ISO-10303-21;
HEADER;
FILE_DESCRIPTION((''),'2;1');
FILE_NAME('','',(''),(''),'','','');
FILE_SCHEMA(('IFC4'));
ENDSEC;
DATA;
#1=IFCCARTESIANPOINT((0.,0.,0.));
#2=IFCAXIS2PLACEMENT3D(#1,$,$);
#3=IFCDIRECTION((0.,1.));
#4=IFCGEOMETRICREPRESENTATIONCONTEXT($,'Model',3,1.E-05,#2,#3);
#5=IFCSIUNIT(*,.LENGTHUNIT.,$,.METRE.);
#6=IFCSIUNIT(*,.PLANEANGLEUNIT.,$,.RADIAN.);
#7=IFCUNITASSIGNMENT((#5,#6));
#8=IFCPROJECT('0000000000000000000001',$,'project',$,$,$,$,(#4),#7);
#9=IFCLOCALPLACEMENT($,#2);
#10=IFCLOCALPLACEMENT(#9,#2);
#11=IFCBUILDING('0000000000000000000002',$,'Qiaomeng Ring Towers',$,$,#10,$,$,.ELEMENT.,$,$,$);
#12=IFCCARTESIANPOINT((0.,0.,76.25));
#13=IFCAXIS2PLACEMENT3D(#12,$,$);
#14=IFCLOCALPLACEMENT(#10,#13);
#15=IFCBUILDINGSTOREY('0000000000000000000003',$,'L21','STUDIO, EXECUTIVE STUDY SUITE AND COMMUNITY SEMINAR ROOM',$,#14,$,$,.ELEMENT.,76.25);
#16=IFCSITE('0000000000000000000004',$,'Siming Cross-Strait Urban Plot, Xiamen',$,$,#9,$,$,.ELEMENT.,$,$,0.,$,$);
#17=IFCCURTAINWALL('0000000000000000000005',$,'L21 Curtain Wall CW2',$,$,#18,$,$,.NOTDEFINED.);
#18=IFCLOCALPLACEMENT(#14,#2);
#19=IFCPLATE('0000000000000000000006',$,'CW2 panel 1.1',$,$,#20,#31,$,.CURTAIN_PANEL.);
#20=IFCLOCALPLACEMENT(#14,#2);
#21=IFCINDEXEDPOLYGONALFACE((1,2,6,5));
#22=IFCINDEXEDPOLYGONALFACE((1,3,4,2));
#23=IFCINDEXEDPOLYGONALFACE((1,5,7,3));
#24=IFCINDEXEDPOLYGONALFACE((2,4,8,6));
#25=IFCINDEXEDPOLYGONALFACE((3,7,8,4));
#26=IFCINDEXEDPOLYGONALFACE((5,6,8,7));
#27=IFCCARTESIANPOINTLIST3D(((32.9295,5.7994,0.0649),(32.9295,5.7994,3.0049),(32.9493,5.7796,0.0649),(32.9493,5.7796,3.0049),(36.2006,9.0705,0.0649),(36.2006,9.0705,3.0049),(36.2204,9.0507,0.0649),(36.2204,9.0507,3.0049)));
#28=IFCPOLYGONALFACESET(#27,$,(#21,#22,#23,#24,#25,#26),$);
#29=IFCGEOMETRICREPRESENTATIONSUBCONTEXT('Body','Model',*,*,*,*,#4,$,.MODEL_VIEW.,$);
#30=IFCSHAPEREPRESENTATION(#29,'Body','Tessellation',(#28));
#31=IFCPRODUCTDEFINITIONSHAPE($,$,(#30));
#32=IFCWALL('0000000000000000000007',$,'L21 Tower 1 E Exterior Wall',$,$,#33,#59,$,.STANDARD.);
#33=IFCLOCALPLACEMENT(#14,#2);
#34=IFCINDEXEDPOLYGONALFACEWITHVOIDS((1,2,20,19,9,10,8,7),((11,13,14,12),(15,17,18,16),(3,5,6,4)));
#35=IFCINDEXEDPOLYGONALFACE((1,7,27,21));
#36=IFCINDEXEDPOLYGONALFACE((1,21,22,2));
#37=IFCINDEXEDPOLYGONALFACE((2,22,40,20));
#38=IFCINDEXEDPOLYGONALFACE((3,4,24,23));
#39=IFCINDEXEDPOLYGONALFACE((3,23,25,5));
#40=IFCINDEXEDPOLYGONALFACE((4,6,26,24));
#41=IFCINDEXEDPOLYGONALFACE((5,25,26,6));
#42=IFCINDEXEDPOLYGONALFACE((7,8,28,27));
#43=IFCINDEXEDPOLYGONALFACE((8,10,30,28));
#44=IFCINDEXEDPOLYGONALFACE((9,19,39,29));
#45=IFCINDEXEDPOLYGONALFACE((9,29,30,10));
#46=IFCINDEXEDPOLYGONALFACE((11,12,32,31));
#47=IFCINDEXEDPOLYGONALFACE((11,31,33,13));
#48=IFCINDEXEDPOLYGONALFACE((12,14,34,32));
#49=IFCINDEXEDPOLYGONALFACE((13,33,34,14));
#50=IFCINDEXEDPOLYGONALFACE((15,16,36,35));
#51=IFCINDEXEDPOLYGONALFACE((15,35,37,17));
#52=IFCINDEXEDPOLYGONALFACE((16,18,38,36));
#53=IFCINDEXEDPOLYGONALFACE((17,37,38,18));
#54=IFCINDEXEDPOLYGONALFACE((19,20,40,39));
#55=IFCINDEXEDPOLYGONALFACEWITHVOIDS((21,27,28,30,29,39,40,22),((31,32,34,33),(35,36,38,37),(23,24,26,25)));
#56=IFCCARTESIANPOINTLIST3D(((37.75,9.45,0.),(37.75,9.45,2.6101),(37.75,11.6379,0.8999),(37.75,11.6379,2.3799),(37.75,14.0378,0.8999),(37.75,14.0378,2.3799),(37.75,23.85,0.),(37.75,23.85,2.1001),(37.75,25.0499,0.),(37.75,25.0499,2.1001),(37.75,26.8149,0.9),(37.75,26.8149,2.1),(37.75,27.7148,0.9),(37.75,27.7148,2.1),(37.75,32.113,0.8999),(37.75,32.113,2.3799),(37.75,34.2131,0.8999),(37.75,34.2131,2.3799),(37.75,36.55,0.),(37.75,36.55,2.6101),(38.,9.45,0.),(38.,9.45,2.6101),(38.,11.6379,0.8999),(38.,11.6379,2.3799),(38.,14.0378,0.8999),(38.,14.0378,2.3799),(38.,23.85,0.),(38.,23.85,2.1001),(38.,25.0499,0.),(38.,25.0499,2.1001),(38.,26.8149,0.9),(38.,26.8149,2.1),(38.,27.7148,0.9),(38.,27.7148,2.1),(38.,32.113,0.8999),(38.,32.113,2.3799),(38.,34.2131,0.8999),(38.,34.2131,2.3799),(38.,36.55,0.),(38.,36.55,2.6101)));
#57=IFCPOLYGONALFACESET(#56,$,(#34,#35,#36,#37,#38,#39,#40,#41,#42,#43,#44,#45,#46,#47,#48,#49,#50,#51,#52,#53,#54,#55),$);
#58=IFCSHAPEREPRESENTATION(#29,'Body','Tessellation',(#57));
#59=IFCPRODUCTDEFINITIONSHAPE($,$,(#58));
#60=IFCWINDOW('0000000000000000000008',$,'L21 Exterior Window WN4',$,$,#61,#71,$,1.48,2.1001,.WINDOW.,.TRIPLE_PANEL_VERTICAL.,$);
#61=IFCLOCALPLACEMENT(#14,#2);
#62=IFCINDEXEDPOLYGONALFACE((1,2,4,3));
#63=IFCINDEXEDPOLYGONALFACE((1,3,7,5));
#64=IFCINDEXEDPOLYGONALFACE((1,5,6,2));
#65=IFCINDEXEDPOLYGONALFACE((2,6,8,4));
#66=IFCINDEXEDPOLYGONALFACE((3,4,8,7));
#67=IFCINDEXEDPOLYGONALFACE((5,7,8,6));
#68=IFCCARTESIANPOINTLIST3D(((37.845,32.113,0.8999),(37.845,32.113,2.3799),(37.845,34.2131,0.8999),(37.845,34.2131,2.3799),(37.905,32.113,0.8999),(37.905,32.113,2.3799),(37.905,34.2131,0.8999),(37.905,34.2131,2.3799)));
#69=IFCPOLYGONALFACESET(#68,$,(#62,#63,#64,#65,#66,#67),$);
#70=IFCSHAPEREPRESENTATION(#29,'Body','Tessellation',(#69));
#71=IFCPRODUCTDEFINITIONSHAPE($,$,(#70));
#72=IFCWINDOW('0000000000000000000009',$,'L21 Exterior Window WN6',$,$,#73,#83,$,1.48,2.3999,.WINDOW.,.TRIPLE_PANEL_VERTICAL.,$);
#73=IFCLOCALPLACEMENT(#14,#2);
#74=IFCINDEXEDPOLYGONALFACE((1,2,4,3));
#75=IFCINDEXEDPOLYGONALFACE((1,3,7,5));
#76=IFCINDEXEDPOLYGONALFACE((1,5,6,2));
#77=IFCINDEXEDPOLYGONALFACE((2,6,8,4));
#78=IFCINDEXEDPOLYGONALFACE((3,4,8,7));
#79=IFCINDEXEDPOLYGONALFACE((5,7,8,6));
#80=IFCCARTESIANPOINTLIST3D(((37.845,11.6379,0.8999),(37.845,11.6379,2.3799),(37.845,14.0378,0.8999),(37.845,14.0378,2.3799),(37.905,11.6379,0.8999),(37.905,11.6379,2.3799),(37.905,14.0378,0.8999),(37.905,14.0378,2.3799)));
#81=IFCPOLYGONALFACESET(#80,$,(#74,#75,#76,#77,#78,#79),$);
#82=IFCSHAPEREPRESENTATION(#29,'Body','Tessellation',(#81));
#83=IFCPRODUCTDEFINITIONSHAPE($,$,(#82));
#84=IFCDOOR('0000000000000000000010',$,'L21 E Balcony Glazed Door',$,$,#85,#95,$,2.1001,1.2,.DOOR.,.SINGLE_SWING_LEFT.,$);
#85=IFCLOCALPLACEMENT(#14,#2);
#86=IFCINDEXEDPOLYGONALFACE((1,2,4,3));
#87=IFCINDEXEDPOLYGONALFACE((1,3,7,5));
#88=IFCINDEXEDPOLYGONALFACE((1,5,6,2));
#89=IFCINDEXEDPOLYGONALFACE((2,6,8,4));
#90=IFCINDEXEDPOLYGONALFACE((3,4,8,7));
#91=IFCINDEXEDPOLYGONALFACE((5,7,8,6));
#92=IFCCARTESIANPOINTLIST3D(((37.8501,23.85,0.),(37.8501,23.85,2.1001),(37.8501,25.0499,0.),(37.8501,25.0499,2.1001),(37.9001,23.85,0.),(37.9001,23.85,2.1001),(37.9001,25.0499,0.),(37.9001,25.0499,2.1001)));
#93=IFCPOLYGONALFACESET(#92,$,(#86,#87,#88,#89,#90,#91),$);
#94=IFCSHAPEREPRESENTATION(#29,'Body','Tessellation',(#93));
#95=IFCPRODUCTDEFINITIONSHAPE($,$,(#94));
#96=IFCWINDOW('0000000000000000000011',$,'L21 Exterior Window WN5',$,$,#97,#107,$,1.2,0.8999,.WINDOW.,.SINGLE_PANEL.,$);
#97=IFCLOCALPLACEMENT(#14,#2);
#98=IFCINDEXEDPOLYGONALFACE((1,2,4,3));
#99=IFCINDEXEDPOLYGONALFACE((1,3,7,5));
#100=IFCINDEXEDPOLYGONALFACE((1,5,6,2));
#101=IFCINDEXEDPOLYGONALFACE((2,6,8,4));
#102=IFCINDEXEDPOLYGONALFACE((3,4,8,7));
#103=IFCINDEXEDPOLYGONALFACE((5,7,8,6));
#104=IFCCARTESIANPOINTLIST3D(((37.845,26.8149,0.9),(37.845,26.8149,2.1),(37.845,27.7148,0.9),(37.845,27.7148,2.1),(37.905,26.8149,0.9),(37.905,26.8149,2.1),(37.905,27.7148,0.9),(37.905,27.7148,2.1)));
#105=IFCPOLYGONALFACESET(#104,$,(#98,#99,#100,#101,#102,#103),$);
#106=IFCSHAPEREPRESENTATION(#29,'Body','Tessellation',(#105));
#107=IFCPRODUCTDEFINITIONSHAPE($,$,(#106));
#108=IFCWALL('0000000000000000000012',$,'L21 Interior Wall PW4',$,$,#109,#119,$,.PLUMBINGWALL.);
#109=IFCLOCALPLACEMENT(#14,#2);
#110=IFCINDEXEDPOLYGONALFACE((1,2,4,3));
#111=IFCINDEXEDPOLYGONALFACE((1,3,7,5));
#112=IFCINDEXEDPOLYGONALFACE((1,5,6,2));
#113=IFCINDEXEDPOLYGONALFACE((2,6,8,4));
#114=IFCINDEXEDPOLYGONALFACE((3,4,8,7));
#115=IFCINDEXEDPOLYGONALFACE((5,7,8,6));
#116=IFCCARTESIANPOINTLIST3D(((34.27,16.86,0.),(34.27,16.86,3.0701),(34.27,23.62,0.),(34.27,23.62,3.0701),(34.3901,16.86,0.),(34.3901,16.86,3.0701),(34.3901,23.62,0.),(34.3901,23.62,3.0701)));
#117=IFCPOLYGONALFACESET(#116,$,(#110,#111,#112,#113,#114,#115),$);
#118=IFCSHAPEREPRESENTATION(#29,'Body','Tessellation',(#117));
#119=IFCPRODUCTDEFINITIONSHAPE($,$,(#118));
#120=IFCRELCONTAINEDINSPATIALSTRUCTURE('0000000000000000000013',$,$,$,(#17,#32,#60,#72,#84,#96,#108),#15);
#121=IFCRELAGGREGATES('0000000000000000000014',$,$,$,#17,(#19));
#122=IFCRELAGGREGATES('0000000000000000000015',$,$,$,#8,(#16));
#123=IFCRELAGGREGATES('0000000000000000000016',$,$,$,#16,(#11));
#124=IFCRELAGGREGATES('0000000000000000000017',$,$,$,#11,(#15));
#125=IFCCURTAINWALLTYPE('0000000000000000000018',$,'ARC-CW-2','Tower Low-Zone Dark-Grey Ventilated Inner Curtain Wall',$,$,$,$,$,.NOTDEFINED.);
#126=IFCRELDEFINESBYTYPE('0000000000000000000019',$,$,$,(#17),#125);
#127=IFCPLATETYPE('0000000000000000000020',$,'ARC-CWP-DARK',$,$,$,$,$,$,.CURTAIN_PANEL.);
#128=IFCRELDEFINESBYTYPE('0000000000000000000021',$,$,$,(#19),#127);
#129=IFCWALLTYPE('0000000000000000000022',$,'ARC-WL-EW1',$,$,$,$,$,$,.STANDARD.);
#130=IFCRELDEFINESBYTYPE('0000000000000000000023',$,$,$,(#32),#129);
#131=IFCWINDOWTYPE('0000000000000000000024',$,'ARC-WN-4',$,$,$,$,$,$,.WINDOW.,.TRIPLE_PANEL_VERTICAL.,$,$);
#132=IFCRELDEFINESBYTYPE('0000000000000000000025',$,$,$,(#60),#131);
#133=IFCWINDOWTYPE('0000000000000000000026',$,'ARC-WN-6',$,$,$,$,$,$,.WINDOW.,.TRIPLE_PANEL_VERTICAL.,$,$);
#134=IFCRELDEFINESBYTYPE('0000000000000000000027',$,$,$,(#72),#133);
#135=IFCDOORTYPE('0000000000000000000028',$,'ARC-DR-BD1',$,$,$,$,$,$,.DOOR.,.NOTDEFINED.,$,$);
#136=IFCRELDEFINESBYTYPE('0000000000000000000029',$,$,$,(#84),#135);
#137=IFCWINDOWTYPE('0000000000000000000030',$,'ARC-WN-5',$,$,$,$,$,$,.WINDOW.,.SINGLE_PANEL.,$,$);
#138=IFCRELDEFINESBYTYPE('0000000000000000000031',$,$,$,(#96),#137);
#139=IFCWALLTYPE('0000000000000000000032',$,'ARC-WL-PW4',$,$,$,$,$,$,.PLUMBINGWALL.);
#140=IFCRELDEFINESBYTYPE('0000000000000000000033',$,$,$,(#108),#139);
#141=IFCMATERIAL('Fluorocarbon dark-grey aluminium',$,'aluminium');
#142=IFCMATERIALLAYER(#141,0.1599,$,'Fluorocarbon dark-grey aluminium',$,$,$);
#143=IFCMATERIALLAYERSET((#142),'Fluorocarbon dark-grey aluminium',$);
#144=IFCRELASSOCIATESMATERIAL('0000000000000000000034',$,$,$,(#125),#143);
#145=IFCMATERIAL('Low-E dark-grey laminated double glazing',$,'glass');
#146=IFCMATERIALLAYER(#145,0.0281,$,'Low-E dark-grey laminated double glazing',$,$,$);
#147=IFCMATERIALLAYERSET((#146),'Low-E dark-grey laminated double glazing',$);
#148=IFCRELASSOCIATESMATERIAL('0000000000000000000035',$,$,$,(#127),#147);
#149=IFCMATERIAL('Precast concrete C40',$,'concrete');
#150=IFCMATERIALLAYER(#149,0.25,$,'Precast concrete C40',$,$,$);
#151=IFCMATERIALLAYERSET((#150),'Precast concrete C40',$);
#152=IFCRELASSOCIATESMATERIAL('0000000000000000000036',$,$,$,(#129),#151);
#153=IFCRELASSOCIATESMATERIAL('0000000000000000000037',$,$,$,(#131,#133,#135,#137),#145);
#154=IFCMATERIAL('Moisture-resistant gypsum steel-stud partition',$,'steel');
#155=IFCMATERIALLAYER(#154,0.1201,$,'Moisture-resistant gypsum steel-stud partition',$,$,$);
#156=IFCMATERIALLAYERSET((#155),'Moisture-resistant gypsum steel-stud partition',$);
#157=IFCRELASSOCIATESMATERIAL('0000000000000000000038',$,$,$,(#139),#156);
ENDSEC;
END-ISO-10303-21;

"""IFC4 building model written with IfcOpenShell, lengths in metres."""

from ifc_helpers import new_model, si_unit, direction, frame, frame_2d, origin, origin_2d, place, context, subcontext, project, spatial, rectangle, extrude, source, transform, mapped, material, layer, layer_set, type_object, element, fill, aggregate, save


model = new_model("IFC4")

# Units and contexts
model_context = context("Model", 3, precision=1e-05, world=origin(), true_north=direction((0.0, 1.0)))
body_context = subcontext(model_context, "Body", "Model", "MODEL_VIEW")
ifc_project = project(units=[si_unit("LENGTHUNIT", "METRE"), si_unit("PLANEANGLEUNIT", "RADIAN")], contexts=[model_context])

# Site, building, storey
site_placement = place(None, origin())
site = spatial("IfcSite", under=ifc_project, at=site_placement, Name="Siming Cross-Strait Urban Plot, Xiamen", CompositionType="ELEMENT", RefElevation=0.0)
building_placement = place(site_placement, origin())
building = spatial("IfcBuilding", under=site, at=building_placement, Name="Qiaomeng Ring Towers", CompositionType="ELEMENT")
storey_placement = place(building_placement, frame((0.0, 0.0, 76.25)))
storey = spatial("IfcBuildingStorey", under=building, at=storey_placement, Name="L21", Description="STUDIO, EXECUTIVE STUDY SUITE AND COMMUNITY SEMINAR ROOM", CompositionType="ELEMENT", Elevation=76.25)

# Curtain wall
ifc_material_1 = material(Name="Fluorocarbon dark-grey aluminium", Category="aluminium")
ifc_layer_1 = layer(ifc_material_1, 0.1599, Name="Fluorocarbon dark-grey aluminium")
ifc_layer_set_1 = layer_set([ifc_layer_1], Name="Fluorocarbon dark-grey aluminium")
curtain_wall_type = type_object("IfcCurtainWallType", Name="ARC-CW-2", Description="Tower Low-Zone Dark-Grey Ventilated Inner Curtain Wall", PredefinedType="NOTDEFINED", material=ifc_layer_set_1)
curtain_wall_placement = place(storey_placement, origin())
curtain_wall = element("IfcCurtainWall", 1, at=curtain_wall_placement, inside=storey, type_object=curtain_wall_type, Name="L21 Curtain Wall CW2", PredefinedType="NOTDEFINED")

# Plate
ifc_material_2 = material(Name="Low-E dark-grey laminated double glazing", Category="glass")
ifc_layer_2 = layer(ifc_material_2, 0.0281, Name="Low-E dark-grey laminated double glazing")
ifc_layer_set_2 = layer_set([ifc_layer_2], Name="Low-E dark-grey laminated double glazing")
plate_type = type_object("IfcPlateType", Name="ARC-CWP-DARK", PredefinedType="CURTAIN_PANEL", material=ifc_layer_set_2)
shared_shape_1 = source(origin(), body_context, "Body", "SweptSolid", [
    extrude(rectangle(XDim=4.626, YDim=0.0281, at=origin_2d()), origin(), (0.0, 0.0, 1.0), 2.9399),
])
plate_placement = place(storey_placement, frame((34.575, 7.425, 0.0649), z_axis=(0.0, 0.0, 1.0), x_axis=(0.707107, 0.707107, 0.0)))
plate = element("IfcPlate", 2, at=plate_placement, type_object=plate_type, Name="CW2 panel 1.1", PredefinedType="CURTAIN_PANEL", context=body_context, shape_type="MappedRepresentation", body=[
    mapped(shared_shape_1, transform((0.0, 0.0, 0.0), x_axis=(1.0, 0.0, 0.0), y_axis=(0.0, 1.0, 0.0), z_axis=(0.0, 0.0, 1.0), scale=1.0)),
])
aggregate(curtain_wall, [plate])

# Wall, openings, windows, door
ifc_material_3 = material(Name="Precast concrete C40", Category="concrete")
ifc_layer_3 = layer(ifc_material_3, 0.25, Name="Precast concrete C40")
ifc_layer_set_3 = layer_set([ifc_layer_3], Name="Precast concrete C40")
wall_type_1 = type_object("IfcWallType", Name="ARC-WL-EW1", PredefinedType="STANDARD", material=ifc_layer_set_3)
wall_1_placement = place(storey_placement, frame((37.875, 9.45, 0.0), z_axis=(0.0, 0.0, 1.0), x_axis=(0.0, 1.0, 0.0)))
wall_1 = element("IfcWall", 3, at=wall_1_placement, inside=storey, type_object=wall_type_1, Name="L21 Tower 1 E Exterior Wall", PredefinedType="STANDARD", context=body_context, shape_type="SweptSolid", body=[
    extrude(rectangle(XDim=27.1001, YDim=0.25, at=frame_2d((13.55, 0.0))), origin(), (0.0, 0.0, 1.0), 2.6101),
])
opening_1_placement = place(wall_1_placement, frame((14.3999, 0.0, 0.0)))
opening_1 = element("IfcOpeningElement", 4, at=opening_1_placement, cuts=wall_1, PredefinedType="OPENING", context=body_context, shape_type="SweptSolid", body=[
    extrude(rectangle(XDim=1.2, YDim=2.1001, at=frame_2d((0.6001, 1.05))), frame((0.0, 0.135, 0.0), z_axis=(0.0, -1.0, 0.0), x_axis=(1.0, 0.0, 0.0)), (0.0, 0.0, 1.0), 0.27),
])
opening_2_placement = place(wall_1_placement, frame((2.188, 0.0, 0.8999)))
opening_2 = element("IfcOpeningElement", 5, at=opening_2_placement, cuts=wall_1, PredefinedType="OPENING", context=body_context, shape_type="SweptSolid", body=[
    extrude(rectangle(XDim=2.3999, YDim=1.48, at=frame_2d((1.2, 0.74))), frame((0.0, 0.135, 0.0), z_axis=(0.0, -1.0, 0.0), x_axis=(1.0, 0.0, 0.0)), (0.0, 0.0, 1.0), 0.27),
])
opening_3_placement = place(wall_1_placement, frame((22.6631, 0.0, 0.8999)))
opening_3 = element("IfcOpeningElement", 6, at=opening_3_placement, cuts=wall_1, PredefinedType="OPENING", context=body_context, shape_type="SweptSolid", body=[
    extrude(rectangle(XDim=2.1001, YDim=1.48, at=frame_2d((1.05, 0.74))), frame((0.0, 0.135, 0.0), z_axis=(0.0, -1.0, 0.0), x_axis=(1.0, 0.0, 0.0)), (0.0, 0.0, 1.0), 0.27),
])
opening_4_placement = place(wall_1_placement, frame((17.365, 0.0, 0.8999)))
opening_4 = element("IfcOpeningElement", 7, at=opening_4_placement, cuts=wall_1, PredefinedType="OPENING", context=body_context, shape_type="SweptSolid", body=[
    extrude(rectangle(XDim=0.8999, YDim=1.2, at=frame_2d((0.45, 0.6001))), frame((0.0, 0.135, 0.0), z_axis=(0.0, -1.0, 0.0), x_axis=(1.0, 0.0, 0.0)), (0.0, 0.0, 1.0), 0.27),
])
window_type_1 = type_object("IfcWindowType", Name="ARC-WN-4", PartitioningType="TRIPLE_PANEL_VERTICAL", PredefinedType="WINDOW", material=ifc_material_2)
shared_shape_2 = source(origin(), body_context, "Body", "SweptSolid", [
    extrude(rectangle(XDim=2.1001, YDim=1.48, at=frame_2d((1.05, 0.74))), frame((0.0, 0.03, 0.0), z_axis=(0.0, -1.0, 0.0), x_axis=(1.0, 0.0, 0.0)), (0.0, 0.0, 1.0), 0.0601),
])
window_1_placement = place(opening_3_placement, origin())
window_1 = element("IfcWindow", 8, at=window_1_placement, inside=storey, type_object=window_type_1, Name="L21 Exterior Window WN4", OverallHeight=1.48, OverallWidth=2.1001, PartitioningType="TRIPLE_PANEL_VERTICAL", PredefinedType="WINDOW", context=body_context, shape_type="MappedRepresentation", body=[
    mapped(shared_shape_2, transform((0.0, 0.0, 0.0), x_axis=(1.0, 0.0, 0.0), y_axis=(0.0, 1.0, 0.0), z_axis=(0.0, 0.0, 1.0), scale=1.0)),
])
fill(opening_3, window_1)
window_type_2 = type_object("IfcWindowType", Name="ARC-WN-6", PartitioningType="TRIPLE_PANEL_VERTICAL", PredefinedType="WINDOW", material=ifc_material_2)
shared_shape_3 = source(origin(), body_context, "Body", "SweptSolid", [
    extrude(rectangle(XDim=2.3999, YDim=1.48, at=frame_2d((1.2, 0.74))), frame((0.0, 0.03, 0.0), z_axis=(0.0, -1.0, 0.0), x_axis=(1.0, 0.0, 0.0)), (0.0, 0.0, 1.0), 0.0601),
])
window_2_placement = place(opening_2_placement, origin())
window_2 = element("IfcWindow", 9, at=window_2_placement, inside=storey, type_object=window_type_2, Name="L21 Exterior Window WN6", OverallHeight=1.48, OverallWidth=2.3999, PartitioningType="TRIPLE_PANEL_VERTICAL", PredefinedType="WINDOW", context=body_context, shape_type="MappedRepresentation", body=[
    mapped(shared_shape_3, transform((0.0, 0.0, 0.0), x_axis=(1.0, 0.0, 0.0), y_axis=(0.0, 1.0, 0.0), z_axis=(0.0, 0.0, 1.0), scale=1.0)),
])
fill(opening_2, window_2)
door_type = type_object("IfcDoorType", Name="ARC-DR-BD1", OperationType="NOTDEFINED", PredefinedType="DOOR", material=ifc_material_2)
shared_shape_4 = source(origin(), body_context, "Body", "SweptSolid", [
    extrude(rectangle(XDim=1.2, YDim=2.1001, at=frame_2d((0.6001, 1.05))), frame((0.0, 0.0249, 0.0), z_axis=(0.0, -1.0, 0.0), x_axis=(1.0, 0.0, 0.0)), (0.0, 0.0, 1.0), 0.05),
])
door_placement = place(opening_1_placement, origin())
door = element("IfcDoor", 10, at=door_placement, inside=storey, type_object=door_type, Name="L21 E Balcony Glazed Door", OperationType="SINGLE_SWING_LEFT", OverallHeight=2.1001, OverallWidth=1.2, PredefinedType="DOOR", context=body_context, shape_type="MappedRepresentation", body=[
    mapped(shared_shape_4, transform((0.0, 0.0, 0.0), x_axis=(1.0, 0.0, 0.0), y_axis=(0.0, 1.0, 0.0), z_axis=(0.0, 0.0, 1.0), scale=1.0)),
])
fill(opening_1, door)
window_type_3 = type_object("IfcWindowType", Name="ARC-WN-5", PartitioningType="SINGLE_PANEL", PredefinedType="WINDOW", material=ifc_material_2)
shared_shape_5 = source(origin(), body_context, "Body", "SweptSolid", [
    extrude(rectangle(XDim=0.8999, YDim=1.2, at=frame_2d((0.45, 0.6001))), frame((0.0, 0.03, 0.0), z_axis=(0.0, -1.0, 0.0), x_axis=(1.0, 0.0, 0.0)), (0.0, 0.0, 1.0), 0.0601),
])
window_3_placement = place(opening_4_placement, origin())
window_3 = element("IfcWindow", 11, at=window_3_placement, inside=storey, type_object=window_type_3, Name="L21 Exterior Window WN5", OverallHeight=1.2, OverallWidth=0.8999, PartitioningType="SINGLE_PANEL", PredefinedType="WINDOW", context=body_context, shape_type="MappedRepresentation", body=[
    mapped(shared_shape_5, transform((0.0, 0.0, 0.0), x_axis=(1.0, 0.0, 0.0), y_axis=(0.0, 1.0, 0.0), z_axis=(0.0, 0.0, 1.0), scale=1.0)),
])
fill(opening_4, window_3)

# Wall
ifc_material_4 = material(Name="Moisture-resistant gypsum steel-stud partition", Category="steel")
ifc_layer_4 = layer(ifc_material_4, 0.1201, Name="Moisture-resistant gypsum steel-stud partition")
ifc_layer_set_4 = layer_set([ifc_layer_4], Name="Moisture-resistant gypsum steel-stud partition")
wall_type_2 = type_object("IfcWallType", Name="ARC-WL-PW4", PredefinedType="PLUMBINGWALL", material=ifc_layer_set_4)
wall_2_placement = place(storey_placement, frame((34.3301, 16.8601, 0.0), z_axis=(0.0, 0.0, 1.0), x_axis=(0.0, 1.0, 0.0)))
element("IfcWall", 12, at=wall_2_placement, inside=storey, type_object=wall_type_2, Name="L21 Interior Wall PW4", PredefinedType="PLUMBINGWALL", context=body_context, shape_type="SweptSolid", body=[
    extrude(rectangle(XDim=6.76, YDim=0.1201, at=frame_2d((3.3799, 0.0))), origin(), (0.0, 0.0, 1.0), 3.0701),
])

save(model, "model.ifc")
